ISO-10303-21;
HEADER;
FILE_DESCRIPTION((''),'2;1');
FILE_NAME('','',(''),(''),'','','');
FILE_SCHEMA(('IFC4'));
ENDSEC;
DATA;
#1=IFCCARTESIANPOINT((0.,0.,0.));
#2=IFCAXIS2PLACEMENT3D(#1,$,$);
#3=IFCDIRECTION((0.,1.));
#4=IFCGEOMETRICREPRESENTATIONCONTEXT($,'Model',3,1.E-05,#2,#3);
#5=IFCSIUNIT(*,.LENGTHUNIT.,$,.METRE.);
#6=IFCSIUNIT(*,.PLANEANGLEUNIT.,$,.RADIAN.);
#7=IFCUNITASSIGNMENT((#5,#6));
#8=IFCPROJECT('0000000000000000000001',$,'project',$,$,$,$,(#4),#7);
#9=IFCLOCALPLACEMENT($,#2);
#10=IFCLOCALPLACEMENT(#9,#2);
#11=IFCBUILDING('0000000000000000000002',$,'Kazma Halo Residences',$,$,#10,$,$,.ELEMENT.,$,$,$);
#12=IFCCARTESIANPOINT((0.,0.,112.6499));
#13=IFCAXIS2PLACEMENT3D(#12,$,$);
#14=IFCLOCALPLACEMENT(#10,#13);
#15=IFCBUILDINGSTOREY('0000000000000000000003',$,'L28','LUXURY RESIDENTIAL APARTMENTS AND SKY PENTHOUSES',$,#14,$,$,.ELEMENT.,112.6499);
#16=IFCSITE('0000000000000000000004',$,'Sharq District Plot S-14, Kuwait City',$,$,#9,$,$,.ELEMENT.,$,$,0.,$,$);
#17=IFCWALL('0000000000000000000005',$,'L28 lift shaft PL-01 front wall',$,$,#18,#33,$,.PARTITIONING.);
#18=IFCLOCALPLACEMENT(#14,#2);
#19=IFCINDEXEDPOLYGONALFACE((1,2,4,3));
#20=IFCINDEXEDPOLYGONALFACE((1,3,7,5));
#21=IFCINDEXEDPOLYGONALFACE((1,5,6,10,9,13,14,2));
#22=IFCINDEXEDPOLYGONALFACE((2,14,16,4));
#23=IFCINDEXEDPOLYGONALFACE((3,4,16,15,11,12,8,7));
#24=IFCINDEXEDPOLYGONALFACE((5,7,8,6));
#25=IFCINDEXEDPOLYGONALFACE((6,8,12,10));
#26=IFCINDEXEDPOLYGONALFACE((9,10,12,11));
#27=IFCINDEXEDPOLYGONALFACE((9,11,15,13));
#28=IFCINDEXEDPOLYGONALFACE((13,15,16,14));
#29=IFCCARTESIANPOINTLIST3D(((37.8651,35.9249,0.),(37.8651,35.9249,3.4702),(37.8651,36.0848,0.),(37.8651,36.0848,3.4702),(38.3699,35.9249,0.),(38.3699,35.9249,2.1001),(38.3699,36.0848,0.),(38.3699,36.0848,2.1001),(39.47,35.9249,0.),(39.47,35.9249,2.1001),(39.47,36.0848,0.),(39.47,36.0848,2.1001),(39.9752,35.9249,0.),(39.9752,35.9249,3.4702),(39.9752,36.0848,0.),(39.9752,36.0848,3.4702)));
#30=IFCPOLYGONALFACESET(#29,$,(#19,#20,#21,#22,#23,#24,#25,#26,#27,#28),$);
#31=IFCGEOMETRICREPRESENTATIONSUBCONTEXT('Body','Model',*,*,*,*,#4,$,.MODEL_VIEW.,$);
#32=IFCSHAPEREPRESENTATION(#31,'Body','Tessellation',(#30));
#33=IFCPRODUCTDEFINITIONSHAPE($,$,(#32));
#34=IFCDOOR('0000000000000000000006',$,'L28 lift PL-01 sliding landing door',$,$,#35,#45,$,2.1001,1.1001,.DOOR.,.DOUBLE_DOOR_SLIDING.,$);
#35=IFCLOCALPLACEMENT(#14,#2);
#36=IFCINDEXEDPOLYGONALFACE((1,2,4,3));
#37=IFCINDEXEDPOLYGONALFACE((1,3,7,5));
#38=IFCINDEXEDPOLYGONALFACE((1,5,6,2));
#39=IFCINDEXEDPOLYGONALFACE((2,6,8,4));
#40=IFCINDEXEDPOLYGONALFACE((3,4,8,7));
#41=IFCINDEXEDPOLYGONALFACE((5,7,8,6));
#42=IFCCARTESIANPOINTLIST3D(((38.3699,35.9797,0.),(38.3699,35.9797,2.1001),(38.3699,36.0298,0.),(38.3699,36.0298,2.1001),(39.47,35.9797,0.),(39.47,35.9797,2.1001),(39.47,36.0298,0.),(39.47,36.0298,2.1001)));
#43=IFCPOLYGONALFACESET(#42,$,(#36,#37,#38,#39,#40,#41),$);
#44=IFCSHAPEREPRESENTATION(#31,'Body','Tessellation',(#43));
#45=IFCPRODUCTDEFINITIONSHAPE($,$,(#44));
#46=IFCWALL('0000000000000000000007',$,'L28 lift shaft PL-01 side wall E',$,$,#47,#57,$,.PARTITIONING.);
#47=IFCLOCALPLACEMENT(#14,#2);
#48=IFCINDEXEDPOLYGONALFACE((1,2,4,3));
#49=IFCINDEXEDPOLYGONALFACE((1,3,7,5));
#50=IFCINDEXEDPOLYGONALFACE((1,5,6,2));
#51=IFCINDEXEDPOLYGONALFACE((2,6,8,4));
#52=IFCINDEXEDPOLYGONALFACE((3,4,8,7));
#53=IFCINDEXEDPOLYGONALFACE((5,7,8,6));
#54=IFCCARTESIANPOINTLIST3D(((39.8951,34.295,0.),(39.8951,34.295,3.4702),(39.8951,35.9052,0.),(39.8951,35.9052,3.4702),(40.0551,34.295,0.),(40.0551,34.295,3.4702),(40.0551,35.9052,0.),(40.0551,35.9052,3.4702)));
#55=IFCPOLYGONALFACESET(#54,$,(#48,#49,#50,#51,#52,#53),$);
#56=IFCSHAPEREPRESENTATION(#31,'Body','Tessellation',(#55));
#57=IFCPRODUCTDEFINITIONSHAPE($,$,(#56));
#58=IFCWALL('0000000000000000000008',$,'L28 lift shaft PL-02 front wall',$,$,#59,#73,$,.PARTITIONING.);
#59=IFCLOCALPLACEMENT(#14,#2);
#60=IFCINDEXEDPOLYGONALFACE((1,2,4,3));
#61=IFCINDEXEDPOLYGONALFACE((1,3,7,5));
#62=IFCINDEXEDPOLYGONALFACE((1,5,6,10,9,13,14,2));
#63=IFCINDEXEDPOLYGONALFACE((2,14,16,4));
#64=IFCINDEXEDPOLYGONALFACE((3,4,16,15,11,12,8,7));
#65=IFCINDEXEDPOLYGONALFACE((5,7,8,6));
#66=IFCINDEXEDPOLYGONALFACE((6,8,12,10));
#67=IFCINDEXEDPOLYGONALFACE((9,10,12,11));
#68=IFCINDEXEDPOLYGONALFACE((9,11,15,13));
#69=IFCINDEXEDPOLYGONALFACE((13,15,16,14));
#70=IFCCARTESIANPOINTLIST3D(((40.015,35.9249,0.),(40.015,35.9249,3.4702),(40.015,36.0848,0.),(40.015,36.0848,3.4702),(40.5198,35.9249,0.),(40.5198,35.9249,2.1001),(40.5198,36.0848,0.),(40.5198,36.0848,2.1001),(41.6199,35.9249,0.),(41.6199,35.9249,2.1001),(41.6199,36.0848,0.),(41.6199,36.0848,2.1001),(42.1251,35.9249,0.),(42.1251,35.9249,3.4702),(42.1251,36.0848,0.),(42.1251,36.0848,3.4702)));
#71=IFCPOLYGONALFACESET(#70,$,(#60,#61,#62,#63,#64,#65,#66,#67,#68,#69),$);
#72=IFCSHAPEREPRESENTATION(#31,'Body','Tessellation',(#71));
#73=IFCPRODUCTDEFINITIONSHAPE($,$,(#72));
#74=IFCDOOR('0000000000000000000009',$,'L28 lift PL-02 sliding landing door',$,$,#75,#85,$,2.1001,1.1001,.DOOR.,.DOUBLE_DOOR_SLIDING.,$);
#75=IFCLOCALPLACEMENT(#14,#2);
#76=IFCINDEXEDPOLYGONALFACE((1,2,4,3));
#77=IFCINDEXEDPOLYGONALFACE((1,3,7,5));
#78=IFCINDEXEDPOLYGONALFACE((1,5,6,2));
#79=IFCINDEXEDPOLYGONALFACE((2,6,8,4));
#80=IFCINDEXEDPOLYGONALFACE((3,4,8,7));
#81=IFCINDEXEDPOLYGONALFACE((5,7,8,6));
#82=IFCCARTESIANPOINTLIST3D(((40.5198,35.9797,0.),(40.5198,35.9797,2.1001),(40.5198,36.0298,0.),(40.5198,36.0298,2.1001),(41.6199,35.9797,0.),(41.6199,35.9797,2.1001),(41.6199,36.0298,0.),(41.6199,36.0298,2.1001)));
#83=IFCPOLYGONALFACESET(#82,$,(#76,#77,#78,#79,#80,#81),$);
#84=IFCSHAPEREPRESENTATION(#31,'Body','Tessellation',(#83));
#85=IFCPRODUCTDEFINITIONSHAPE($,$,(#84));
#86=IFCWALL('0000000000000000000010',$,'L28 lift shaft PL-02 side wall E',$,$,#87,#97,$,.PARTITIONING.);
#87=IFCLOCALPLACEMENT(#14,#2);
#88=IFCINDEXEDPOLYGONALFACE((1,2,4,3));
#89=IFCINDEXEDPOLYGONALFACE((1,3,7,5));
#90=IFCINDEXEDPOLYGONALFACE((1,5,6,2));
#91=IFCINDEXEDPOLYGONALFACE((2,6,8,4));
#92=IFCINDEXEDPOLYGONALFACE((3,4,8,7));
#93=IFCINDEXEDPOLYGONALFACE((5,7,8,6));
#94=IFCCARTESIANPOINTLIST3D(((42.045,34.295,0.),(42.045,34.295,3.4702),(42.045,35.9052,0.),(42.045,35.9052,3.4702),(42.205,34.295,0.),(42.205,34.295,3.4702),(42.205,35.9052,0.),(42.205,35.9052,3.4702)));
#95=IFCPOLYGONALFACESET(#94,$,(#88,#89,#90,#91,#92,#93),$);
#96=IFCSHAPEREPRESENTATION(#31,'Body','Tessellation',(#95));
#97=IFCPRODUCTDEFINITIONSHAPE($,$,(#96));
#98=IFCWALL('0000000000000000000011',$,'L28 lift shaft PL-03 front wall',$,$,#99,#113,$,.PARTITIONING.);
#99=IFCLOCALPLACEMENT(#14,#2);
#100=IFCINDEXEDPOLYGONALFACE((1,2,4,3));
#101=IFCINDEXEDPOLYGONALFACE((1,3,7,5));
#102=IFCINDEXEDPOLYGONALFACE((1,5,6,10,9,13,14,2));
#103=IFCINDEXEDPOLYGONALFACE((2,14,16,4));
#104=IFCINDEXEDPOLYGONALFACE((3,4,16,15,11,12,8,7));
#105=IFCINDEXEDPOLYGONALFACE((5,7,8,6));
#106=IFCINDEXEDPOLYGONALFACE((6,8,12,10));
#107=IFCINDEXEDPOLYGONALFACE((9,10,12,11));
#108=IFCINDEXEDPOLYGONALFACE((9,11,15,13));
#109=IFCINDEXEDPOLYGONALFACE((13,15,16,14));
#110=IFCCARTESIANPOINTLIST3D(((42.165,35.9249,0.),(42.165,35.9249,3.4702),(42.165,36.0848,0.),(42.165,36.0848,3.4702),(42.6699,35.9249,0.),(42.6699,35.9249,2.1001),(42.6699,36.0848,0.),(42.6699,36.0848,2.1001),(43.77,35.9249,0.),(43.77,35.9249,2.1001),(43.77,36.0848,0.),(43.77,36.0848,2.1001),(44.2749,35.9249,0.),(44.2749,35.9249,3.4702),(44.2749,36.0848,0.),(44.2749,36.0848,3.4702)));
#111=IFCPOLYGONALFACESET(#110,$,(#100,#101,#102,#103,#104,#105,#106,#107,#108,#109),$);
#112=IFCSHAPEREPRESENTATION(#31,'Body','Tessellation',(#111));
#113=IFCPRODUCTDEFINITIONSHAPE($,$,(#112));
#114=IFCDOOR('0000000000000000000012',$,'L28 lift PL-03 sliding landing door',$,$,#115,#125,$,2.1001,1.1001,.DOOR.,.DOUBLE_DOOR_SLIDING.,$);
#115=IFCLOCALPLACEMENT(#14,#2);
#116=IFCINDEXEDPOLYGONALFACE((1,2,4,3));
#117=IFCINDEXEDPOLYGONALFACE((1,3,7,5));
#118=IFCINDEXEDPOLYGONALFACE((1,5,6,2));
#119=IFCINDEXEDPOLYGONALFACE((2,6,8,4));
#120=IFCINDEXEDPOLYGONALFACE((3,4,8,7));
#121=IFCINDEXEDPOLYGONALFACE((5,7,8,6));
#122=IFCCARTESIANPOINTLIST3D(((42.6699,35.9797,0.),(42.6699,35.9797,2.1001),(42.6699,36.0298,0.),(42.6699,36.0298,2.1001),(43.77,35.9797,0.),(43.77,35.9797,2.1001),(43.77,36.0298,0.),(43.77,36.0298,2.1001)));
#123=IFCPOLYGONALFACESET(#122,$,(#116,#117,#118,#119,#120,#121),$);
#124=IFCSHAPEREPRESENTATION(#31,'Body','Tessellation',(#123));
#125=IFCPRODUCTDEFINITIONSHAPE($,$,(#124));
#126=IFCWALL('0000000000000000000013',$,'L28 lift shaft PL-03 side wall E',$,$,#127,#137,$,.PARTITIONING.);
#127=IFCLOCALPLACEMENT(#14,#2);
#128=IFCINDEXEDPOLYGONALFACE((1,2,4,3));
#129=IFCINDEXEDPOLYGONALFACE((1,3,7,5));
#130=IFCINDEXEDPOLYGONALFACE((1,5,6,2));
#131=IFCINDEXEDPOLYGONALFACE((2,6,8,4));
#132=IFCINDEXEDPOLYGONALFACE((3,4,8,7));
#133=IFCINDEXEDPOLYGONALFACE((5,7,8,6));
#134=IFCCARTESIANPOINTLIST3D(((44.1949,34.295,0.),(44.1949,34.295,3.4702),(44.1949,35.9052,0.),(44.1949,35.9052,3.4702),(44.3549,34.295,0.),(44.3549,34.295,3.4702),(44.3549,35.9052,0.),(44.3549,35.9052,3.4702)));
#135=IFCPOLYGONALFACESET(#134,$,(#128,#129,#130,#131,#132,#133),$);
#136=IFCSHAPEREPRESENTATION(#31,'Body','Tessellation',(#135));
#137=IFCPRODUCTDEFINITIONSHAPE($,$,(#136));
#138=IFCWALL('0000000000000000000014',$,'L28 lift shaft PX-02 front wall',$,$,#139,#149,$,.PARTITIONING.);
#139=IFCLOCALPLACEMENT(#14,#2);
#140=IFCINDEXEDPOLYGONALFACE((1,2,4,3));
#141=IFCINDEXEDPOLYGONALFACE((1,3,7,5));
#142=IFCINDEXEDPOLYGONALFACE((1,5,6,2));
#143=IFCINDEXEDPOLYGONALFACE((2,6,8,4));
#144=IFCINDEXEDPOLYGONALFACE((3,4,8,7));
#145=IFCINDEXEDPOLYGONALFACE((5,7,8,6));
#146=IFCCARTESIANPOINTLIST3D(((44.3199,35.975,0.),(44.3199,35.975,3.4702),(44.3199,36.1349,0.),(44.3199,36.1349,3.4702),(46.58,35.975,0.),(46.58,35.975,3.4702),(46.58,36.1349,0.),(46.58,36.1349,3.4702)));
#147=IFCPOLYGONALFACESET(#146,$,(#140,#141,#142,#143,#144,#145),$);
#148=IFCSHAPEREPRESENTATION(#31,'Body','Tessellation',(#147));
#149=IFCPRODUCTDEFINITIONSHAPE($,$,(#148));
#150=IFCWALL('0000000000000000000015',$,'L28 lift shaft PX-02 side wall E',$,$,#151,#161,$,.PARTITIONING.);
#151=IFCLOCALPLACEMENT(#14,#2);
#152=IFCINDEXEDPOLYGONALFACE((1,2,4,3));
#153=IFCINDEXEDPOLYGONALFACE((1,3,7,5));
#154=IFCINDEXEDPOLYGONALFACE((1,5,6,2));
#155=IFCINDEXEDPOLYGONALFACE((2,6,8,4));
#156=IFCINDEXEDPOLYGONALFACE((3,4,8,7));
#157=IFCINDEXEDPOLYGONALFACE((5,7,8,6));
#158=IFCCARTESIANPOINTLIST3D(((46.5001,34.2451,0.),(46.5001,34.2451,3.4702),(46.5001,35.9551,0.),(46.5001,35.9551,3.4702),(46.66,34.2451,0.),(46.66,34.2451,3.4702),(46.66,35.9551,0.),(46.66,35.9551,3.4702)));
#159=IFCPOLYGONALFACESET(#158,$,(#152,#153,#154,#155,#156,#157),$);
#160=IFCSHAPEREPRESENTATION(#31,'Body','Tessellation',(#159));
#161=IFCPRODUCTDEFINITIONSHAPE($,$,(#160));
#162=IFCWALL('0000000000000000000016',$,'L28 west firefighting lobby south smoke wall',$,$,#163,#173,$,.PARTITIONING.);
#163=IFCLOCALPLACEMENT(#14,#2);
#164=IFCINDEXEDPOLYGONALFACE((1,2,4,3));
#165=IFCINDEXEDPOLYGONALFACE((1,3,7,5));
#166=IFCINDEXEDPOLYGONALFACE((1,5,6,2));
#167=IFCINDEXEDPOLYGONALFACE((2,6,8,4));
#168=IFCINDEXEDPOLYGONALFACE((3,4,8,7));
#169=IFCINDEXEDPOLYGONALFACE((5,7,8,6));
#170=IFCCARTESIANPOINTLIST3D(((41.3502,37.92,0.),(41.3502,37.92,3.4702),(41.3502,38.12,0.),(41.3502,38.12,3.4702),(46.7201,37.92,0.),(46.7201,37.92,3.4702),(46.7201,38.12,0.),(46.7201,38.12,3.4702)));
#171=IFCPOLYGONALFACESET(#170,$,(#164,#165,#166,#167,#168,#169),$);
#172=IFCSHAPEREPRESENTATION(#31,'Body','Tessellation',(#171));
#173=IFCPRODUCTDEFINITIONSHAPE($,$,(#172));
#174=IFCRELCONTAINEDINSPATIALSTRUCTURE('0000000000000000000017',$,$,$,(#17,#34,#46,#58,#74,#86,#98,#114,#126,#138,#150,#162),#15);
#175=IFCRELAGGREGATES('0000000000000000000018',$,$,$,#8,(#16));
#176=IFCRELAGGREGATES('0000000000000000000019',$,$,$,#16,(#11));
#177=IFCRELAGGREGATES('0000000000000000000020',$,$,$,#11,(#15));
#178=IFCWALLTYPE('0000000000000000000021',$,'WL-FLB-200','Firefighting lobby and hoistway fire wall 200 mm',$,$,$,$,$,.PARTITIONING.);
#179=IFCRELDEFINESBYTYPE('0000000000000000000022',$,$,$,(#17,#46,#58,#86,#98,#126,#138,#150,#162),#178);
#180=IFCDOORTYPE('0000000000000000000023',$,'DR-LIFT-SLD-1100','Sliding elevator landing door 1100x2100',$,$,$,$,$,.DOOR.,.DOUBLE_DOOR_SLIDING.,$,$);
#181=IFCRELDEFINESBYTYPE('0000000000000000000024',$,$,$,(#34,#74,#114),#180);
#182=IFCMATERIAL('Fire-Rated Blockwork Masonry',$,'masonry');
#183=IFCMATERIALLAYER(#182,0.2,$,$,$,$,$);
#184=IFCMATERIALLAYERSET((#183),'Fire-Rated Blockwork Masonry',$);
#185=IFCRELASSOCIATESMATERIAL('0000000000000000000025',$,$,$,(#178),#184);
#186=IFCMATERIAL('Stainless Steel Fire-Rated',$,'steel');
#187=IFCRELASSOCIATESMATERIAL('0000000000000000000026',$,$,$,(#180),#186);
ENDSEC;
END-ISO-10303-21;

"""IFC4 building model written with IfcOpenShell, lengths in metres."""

from ifc_helpers import new_model, si_unit, direction, frame, frame_2d, origin, place, context, subcontext, project, spatial, rectangle, extrude, material, layer, layer_set, type_object, element, fill, save


model = new_model("IFC4")

# Units and contexts
model_context = context("Model", 3, precision=1e-05, world=origin(), true_north=direction((0.0, 1.0)))
body_context = subcontext(model_context, "Body", "Model", "MODEL_VIEW")
ifc_project = project(units=[si_unit("LENGTHUNIT", "METRE"), si_unit("PLANEANGLEUNIT", "RADIAN")], contexts=[model_context])

# Site, building, storey
site_placement = place(None, origin())
site = spatial("IfcSite", under=ifc_project, at=site_placement, Name="Sharq District Plot S-14, Kuwait City", CompositionType="ELEMENT", RefElevation=0.0)
building_placement = place(site_placement, origin())
building = spatial("IfcBuilding", under=site, at=building_placement, Name="Kazma Halo Residences", CompositionType="ELEMENT")
storey_placement = place(building_placement, frame((0.0, 0.0, 112.6499)))
storey = spatial("IfcBuildingStorey", under=building, at=storey_placement, Name="L28", Description="LUXURY RESIDENTIAL APARTMENTS AND SKY PENTHOUSES", CompositionType="ELEMENT", Elevation=112.6499)

# Wall, opening, door
ifc_material_1 = material(Name="Fire-Rated Blockwork Masonry", Category="masonry")
ifc_layer_1 = layer(ifc_material_1, 0.2)
ifc_layer_set_1 = layer_set([ifc_layer_1], Name="Fire-Rated Blockwork Masonry")
wall_type_1 = type_object("IfcWallType", Name="WL-FLB-200", Description="Firefighting lobby and hoistway fire wall 200 mm", PredefinedType="PARTITIONING", material=ifc_layer_set_1)
wall_1_placement = place(storey_placement, frame((37.865, 36.0049, 0.0), z_axis=(0.0, 0.0, 1.0), x_axis=(1.0, 0.0, 0.0)))
wall_1 = element("IfcWall", 1, at=wall_1_placement, inside=storey, type_object=wall_type_1, Name="L28 lift shaft PL-01 front wall", PredefinedType="PARTITIONING", context=body_context, shape_type="SweptSolid", body=[
    extrude(rectangle(XDim=2.1101, YDim=0.1599, at=frame_2d((1.0552, 0.0))), origin(), (0.0, 0.0, 1.0), 3.4702),
])
opening_1_placement = place(wall_1_placement, frame((0.5049, 0.0, 0.0)))
opening_1 = element("IfcOpeningElement", 2, at=opening_1_placement, cuts=wall_1, PredefinedType="OPENING", context=body_context, shape_type="SweptSolid", body=[
    extrude(rectangle(XDim=1.1001, YDim=2.1001, at=frame_2d((0.55, 1.05))), frame((0.0, 0.0898, 0.0), z_axis=(0.0, -1.0, 0.0), x_axis=(1.0, 0.0, 0.0)), (0.0, 0.0, 1.0), 0.1799),
])
ifc_material_2 = material(Name="Stainless Steel Fire-Rated", Category="steel")
door_type_1 = type_object("IfcDoorType", Name="DR-LIFT-SLD-1100", Description="Sliding elevator landing door 1100x2100", OperationType="DOUBLE_DOOR_SLIDING", PredefinedType="DOOR", material=ifc_material_2)
door_1_placement = place(opening_1_placement, origin())
door_1 = element("IfcDoor", 3, at=door_1_placement, inside=storey, type_object=door_type_1, Name="L28 lift PL-01 sliding landing door", OperationType="DOUBLE_DOOR_SLIDING", OverallHeight=2.1001, OverallWidth=1.1001, PredefinedType="DOOR", context=body_context, shape_type="SweptSolid", body=[
    extrude(rectangle(XDim=1.1001, YDim=2.1001, at=frame_2d((0.55, 1.05))), frame((0.0, 0.0249, 0.0), z_axis=(0.0, -1.0, 0.0), x_axis=(1.0, 0.0, 0.0)), (0.0, 0.0, 1.0), 0.05),
])
fill(opening_1, door_1)

# Wall
wall_2_placement = place(storey_placement, frame((39.9751, 34.2949, 0.0), z_axis=(0.0, 0.0, 1.0), x_axis=(0.0, 1.0, 0.0)))
element("IfcWall", 4, at=wall_2_placement, inside=storey, type_object=wall_type_1, Name="L28 lift shaft PL-01 side wall E", PredefinedType="PARTITIONING", context=body_context, shape_type="SweptSolid", body=[
    extrude(rectangle(XDim=1.6101, YDim=0.1599, at=frame_2d((0.8052, 0.0))), origin(), (0.0, 0.0, 1.0), 3.4702),
])

# Wall, opening, door
wall_3_placement = place(storey_placement, frame((40.0149, 36.0049, 0.0), z_axis=(0.0, 0.0, 1.0), x_axis=(1.0, 0.0, 0.0)))
wall_3 = element("IfcWall", 5, at=wall_3_placement, inside=storey, type_object=wall_type_1, Name="L28 lift shaft PL-02 front wall", PredefinedType="PARTITIONING", context=body_context, shape_type="SweptSolid", body=[
    extrude(rectangle(XDim=2.1101, YDim=0.1599, at=frame_2d((1.0552, 0.0))), origin(), (0.0, 0.0, 1.0), 3.4702),
])
opening_2_placement = place(wall_3_placement, frame((0.5049, 0.0, 0.0)))
opening_2 = element("IfcOpeningElement", 6, at=opening_2_placement, cuts=wall_3, PredefinedType="OPENING", context=body_context, shape_type="SweptSolid", body=[
    extrude(rectangle(XDim=1.1001, YDim=2.1001, at=frame_2d((0.55, 1.05))), frame((0.0, 0.0898, 0.0), z_axis=(0.0, -1.0, 0.0), x_axis=(1.0, 0.0, 0.0)), (0.0, 0.0, 1.0), 0.1799),
])
door_2_placement = place(opening_2_placement, origin())
door_2 = element("IfcDoor", 7, at=door_2_placement, inside=storey, type_object=door_type_1, Name="L28 lift PL-02 sliding landing door", OperationType="DOUBLE_DOOR_SLIDING", OverallHeight=2.1001, OverallWidth=1.1001, PredefinedType="DOOR", context=body_context, shape_type="SweptSolid", body=[
    extrude(rectangle(XDim=1.1001, YDim=2.1001, at=frame_2d((0.55, 1.05))), frame((0.0, 0.0249, 0.0), z_axis=(0.0, -1.0, 0.0), x_axis=(1.0, 0.0, 0.0)), (0.0, 0.0, 1.0), 0.05),
])
fill(opening_2, door_2)

# Wall
wall_4_placement = place(storey_placement, frame((42.125, 34.2949, 0.0), z_axis=(0.0, 0.0, 1.0), x_axis=(0.0, 1.0, 0.0)))
element("IfcWall", 8, at=wall_4_placement, inside=storey, type_object=wall_type_1, Name="L28 lift shaft PL-02 side wall E", PredefinedType="PARTITIONING", context=body_context, shape_type="SweptSolid", body=[
    extrude(rectangle(XDim=1.6101, YDim=0.1599, at=frame_2d((0.8052, 0.0))), origin(), (0.0, 0.0, 1.0), 3.4702),
])

# Wall, opening, door
wall_5_placement = place(storey_placement, frame((42.165, 36.0049, 0.0), z_axis=(0.0, 0.0, 1.0), x_axis=(1.0, 0.0, 0.0)))
wall_5 = element("IfcWall", 9, at=wall_5_placement, inside=storey, type_object=wall_type_1, Name="L28 lift shaft PL-03 front wall", PredefinedType="PARTITIONING", context=body_context, shape_type="SweptSolid", body=[
    extrude(rectangle(XDim=2.1099, YDim=0.1599, at=frame_2d((1.0549, 0.0))), origin(), (0.0, 0.0, 1.0), 3.4702),
])
opening_3_placement = place(wall_5_placement, frame((0.5049, 0.0, 0.0)))
opening_3 = element("IfcOpeningElement", 10, at=opening_3_placement, cuts=wall_5, PredefinedType="OPENING", context=body_context, shape_type="SweptSolid", body=[
    extrude(rectangle(XDim=1.1001, YDim=2.1001, at=frame_2d((0.55, 1.05))), frame((0.0, 0.0898, 0.0), z_axis=(0.0, -1.0, 0.0), x_axis=(1.0, 0.0, 0.0)), (0.0, 0.0, 1.0), 0.1799),
])
door_3_placement = place(opening_3_placement, origin())
door_3 = element("IfcDoor", 11, at=door_3_placement, inside=storey, type_object=door_type_1, Name="L28 lift PL-03 sliding landing door", OperationType="DOUBLE_DOOR_SLIDING", OverallHeight=2.1001, OverallWidth=1.1001, PredefinedType="DOOR", context=body_context, shape_type="SweptSolid", body=[
    extrude(rectangle(XDim=1.1001, YDim=2.1001, at=frame_2d((0.55, 1.05))), frame((0.0, 0.0249, 0.0), z_axis=(0.0, -1.0, 0.0), x_axis=(1.0, 0.0, 0.0)), (0.0, 0.0, 1.0), 0.05),
])
fill(opening_3, door_3)

# Walls
wall_6_placement = place(storey_placement, frame((44.2749, 34.2949, 0.0), z_axis=(0.0, 0.0, 1.0), x_axis=(0.0, 1.0, 0.0)))
element("IfcWall", 12, at=wall_6_placement, inside=storey, type_object=wall_type_1, Name="L28 lift shaft PL-03 side wall E", PredefinedType="PARTITIONING", context=body_context, shape_type="SweptSolid", body=[
    extrude(rectangle(XDim=1.6101, YDim=0.1599, at=frame_2d((0.8052, 0.0))), origin(), (0.0, 0.0, 1.0), 3.4702),
])
wall_7_placement = place(storey_placement, frame((44.3201, 36.0549, 0.0), z_axis=(0.0, 0.0, 1.0), x_axis=(1.0, 0.0, 0.0)))
element("IfcWall", 13, at=wall_7_placement, inside=storey, type_object=wall_type_1, Name="L28 lift shaft PX-02 front wall", PredefinedType="PARTITIONING", context=body_context, shape_type="SweptSolid", body=[
    extrude(rectangle(XDim=2.26, YDim=0.1599, at=frame_2d((1.1299, 0.0))), origin(), (0.0, 0.0, 1.0), 3.4702),
])
wall_8_placement = place(storey_placement, frame((46.5801, 34.2451, 0.0), z_axis=(0.0, 0.0, 1.0), x_axis=(0.0, 1.0, 0.0)))
element("IfcWall", 14, at=wall_8_placement, inside=storey, type_object=wall_type_1, Name="L28 lift shaft PX-02 side wall E", PredefinedType="PARTITIONING", context=body_context, shape_type="SweptSolid", body=[
    extrude(rectangle(XDim=1.71, YDim=0.1599, at=frame_2d((0.855, 0.0))), origin(), (0.0, 0.0, 1.0), 3.4702),
])
wall_9_placement = place(storey_placement, frame((41.3501, 38.02, 0.0), z_axis=(0.0, 0.0, 1.0), x_axis=(1.0, 0.0, 0.0)))
element("IfcWall", 15, at=wall_9_placement, inside=storey, type_object=wall_type_1, Name="L28 west firefighting lobby south smoke wall", PredefinedType="PARTITIONING", context=body_context, shape_type="SweptSolid", body=[
    extrude(rectangle(XDim=5.3699, YDim=0.2, at=frame_2d((2.6851, 0.0))), origin(), (0.0, 0.0, 1.0), 3.4702),
])

save(model, "model.ifc")
